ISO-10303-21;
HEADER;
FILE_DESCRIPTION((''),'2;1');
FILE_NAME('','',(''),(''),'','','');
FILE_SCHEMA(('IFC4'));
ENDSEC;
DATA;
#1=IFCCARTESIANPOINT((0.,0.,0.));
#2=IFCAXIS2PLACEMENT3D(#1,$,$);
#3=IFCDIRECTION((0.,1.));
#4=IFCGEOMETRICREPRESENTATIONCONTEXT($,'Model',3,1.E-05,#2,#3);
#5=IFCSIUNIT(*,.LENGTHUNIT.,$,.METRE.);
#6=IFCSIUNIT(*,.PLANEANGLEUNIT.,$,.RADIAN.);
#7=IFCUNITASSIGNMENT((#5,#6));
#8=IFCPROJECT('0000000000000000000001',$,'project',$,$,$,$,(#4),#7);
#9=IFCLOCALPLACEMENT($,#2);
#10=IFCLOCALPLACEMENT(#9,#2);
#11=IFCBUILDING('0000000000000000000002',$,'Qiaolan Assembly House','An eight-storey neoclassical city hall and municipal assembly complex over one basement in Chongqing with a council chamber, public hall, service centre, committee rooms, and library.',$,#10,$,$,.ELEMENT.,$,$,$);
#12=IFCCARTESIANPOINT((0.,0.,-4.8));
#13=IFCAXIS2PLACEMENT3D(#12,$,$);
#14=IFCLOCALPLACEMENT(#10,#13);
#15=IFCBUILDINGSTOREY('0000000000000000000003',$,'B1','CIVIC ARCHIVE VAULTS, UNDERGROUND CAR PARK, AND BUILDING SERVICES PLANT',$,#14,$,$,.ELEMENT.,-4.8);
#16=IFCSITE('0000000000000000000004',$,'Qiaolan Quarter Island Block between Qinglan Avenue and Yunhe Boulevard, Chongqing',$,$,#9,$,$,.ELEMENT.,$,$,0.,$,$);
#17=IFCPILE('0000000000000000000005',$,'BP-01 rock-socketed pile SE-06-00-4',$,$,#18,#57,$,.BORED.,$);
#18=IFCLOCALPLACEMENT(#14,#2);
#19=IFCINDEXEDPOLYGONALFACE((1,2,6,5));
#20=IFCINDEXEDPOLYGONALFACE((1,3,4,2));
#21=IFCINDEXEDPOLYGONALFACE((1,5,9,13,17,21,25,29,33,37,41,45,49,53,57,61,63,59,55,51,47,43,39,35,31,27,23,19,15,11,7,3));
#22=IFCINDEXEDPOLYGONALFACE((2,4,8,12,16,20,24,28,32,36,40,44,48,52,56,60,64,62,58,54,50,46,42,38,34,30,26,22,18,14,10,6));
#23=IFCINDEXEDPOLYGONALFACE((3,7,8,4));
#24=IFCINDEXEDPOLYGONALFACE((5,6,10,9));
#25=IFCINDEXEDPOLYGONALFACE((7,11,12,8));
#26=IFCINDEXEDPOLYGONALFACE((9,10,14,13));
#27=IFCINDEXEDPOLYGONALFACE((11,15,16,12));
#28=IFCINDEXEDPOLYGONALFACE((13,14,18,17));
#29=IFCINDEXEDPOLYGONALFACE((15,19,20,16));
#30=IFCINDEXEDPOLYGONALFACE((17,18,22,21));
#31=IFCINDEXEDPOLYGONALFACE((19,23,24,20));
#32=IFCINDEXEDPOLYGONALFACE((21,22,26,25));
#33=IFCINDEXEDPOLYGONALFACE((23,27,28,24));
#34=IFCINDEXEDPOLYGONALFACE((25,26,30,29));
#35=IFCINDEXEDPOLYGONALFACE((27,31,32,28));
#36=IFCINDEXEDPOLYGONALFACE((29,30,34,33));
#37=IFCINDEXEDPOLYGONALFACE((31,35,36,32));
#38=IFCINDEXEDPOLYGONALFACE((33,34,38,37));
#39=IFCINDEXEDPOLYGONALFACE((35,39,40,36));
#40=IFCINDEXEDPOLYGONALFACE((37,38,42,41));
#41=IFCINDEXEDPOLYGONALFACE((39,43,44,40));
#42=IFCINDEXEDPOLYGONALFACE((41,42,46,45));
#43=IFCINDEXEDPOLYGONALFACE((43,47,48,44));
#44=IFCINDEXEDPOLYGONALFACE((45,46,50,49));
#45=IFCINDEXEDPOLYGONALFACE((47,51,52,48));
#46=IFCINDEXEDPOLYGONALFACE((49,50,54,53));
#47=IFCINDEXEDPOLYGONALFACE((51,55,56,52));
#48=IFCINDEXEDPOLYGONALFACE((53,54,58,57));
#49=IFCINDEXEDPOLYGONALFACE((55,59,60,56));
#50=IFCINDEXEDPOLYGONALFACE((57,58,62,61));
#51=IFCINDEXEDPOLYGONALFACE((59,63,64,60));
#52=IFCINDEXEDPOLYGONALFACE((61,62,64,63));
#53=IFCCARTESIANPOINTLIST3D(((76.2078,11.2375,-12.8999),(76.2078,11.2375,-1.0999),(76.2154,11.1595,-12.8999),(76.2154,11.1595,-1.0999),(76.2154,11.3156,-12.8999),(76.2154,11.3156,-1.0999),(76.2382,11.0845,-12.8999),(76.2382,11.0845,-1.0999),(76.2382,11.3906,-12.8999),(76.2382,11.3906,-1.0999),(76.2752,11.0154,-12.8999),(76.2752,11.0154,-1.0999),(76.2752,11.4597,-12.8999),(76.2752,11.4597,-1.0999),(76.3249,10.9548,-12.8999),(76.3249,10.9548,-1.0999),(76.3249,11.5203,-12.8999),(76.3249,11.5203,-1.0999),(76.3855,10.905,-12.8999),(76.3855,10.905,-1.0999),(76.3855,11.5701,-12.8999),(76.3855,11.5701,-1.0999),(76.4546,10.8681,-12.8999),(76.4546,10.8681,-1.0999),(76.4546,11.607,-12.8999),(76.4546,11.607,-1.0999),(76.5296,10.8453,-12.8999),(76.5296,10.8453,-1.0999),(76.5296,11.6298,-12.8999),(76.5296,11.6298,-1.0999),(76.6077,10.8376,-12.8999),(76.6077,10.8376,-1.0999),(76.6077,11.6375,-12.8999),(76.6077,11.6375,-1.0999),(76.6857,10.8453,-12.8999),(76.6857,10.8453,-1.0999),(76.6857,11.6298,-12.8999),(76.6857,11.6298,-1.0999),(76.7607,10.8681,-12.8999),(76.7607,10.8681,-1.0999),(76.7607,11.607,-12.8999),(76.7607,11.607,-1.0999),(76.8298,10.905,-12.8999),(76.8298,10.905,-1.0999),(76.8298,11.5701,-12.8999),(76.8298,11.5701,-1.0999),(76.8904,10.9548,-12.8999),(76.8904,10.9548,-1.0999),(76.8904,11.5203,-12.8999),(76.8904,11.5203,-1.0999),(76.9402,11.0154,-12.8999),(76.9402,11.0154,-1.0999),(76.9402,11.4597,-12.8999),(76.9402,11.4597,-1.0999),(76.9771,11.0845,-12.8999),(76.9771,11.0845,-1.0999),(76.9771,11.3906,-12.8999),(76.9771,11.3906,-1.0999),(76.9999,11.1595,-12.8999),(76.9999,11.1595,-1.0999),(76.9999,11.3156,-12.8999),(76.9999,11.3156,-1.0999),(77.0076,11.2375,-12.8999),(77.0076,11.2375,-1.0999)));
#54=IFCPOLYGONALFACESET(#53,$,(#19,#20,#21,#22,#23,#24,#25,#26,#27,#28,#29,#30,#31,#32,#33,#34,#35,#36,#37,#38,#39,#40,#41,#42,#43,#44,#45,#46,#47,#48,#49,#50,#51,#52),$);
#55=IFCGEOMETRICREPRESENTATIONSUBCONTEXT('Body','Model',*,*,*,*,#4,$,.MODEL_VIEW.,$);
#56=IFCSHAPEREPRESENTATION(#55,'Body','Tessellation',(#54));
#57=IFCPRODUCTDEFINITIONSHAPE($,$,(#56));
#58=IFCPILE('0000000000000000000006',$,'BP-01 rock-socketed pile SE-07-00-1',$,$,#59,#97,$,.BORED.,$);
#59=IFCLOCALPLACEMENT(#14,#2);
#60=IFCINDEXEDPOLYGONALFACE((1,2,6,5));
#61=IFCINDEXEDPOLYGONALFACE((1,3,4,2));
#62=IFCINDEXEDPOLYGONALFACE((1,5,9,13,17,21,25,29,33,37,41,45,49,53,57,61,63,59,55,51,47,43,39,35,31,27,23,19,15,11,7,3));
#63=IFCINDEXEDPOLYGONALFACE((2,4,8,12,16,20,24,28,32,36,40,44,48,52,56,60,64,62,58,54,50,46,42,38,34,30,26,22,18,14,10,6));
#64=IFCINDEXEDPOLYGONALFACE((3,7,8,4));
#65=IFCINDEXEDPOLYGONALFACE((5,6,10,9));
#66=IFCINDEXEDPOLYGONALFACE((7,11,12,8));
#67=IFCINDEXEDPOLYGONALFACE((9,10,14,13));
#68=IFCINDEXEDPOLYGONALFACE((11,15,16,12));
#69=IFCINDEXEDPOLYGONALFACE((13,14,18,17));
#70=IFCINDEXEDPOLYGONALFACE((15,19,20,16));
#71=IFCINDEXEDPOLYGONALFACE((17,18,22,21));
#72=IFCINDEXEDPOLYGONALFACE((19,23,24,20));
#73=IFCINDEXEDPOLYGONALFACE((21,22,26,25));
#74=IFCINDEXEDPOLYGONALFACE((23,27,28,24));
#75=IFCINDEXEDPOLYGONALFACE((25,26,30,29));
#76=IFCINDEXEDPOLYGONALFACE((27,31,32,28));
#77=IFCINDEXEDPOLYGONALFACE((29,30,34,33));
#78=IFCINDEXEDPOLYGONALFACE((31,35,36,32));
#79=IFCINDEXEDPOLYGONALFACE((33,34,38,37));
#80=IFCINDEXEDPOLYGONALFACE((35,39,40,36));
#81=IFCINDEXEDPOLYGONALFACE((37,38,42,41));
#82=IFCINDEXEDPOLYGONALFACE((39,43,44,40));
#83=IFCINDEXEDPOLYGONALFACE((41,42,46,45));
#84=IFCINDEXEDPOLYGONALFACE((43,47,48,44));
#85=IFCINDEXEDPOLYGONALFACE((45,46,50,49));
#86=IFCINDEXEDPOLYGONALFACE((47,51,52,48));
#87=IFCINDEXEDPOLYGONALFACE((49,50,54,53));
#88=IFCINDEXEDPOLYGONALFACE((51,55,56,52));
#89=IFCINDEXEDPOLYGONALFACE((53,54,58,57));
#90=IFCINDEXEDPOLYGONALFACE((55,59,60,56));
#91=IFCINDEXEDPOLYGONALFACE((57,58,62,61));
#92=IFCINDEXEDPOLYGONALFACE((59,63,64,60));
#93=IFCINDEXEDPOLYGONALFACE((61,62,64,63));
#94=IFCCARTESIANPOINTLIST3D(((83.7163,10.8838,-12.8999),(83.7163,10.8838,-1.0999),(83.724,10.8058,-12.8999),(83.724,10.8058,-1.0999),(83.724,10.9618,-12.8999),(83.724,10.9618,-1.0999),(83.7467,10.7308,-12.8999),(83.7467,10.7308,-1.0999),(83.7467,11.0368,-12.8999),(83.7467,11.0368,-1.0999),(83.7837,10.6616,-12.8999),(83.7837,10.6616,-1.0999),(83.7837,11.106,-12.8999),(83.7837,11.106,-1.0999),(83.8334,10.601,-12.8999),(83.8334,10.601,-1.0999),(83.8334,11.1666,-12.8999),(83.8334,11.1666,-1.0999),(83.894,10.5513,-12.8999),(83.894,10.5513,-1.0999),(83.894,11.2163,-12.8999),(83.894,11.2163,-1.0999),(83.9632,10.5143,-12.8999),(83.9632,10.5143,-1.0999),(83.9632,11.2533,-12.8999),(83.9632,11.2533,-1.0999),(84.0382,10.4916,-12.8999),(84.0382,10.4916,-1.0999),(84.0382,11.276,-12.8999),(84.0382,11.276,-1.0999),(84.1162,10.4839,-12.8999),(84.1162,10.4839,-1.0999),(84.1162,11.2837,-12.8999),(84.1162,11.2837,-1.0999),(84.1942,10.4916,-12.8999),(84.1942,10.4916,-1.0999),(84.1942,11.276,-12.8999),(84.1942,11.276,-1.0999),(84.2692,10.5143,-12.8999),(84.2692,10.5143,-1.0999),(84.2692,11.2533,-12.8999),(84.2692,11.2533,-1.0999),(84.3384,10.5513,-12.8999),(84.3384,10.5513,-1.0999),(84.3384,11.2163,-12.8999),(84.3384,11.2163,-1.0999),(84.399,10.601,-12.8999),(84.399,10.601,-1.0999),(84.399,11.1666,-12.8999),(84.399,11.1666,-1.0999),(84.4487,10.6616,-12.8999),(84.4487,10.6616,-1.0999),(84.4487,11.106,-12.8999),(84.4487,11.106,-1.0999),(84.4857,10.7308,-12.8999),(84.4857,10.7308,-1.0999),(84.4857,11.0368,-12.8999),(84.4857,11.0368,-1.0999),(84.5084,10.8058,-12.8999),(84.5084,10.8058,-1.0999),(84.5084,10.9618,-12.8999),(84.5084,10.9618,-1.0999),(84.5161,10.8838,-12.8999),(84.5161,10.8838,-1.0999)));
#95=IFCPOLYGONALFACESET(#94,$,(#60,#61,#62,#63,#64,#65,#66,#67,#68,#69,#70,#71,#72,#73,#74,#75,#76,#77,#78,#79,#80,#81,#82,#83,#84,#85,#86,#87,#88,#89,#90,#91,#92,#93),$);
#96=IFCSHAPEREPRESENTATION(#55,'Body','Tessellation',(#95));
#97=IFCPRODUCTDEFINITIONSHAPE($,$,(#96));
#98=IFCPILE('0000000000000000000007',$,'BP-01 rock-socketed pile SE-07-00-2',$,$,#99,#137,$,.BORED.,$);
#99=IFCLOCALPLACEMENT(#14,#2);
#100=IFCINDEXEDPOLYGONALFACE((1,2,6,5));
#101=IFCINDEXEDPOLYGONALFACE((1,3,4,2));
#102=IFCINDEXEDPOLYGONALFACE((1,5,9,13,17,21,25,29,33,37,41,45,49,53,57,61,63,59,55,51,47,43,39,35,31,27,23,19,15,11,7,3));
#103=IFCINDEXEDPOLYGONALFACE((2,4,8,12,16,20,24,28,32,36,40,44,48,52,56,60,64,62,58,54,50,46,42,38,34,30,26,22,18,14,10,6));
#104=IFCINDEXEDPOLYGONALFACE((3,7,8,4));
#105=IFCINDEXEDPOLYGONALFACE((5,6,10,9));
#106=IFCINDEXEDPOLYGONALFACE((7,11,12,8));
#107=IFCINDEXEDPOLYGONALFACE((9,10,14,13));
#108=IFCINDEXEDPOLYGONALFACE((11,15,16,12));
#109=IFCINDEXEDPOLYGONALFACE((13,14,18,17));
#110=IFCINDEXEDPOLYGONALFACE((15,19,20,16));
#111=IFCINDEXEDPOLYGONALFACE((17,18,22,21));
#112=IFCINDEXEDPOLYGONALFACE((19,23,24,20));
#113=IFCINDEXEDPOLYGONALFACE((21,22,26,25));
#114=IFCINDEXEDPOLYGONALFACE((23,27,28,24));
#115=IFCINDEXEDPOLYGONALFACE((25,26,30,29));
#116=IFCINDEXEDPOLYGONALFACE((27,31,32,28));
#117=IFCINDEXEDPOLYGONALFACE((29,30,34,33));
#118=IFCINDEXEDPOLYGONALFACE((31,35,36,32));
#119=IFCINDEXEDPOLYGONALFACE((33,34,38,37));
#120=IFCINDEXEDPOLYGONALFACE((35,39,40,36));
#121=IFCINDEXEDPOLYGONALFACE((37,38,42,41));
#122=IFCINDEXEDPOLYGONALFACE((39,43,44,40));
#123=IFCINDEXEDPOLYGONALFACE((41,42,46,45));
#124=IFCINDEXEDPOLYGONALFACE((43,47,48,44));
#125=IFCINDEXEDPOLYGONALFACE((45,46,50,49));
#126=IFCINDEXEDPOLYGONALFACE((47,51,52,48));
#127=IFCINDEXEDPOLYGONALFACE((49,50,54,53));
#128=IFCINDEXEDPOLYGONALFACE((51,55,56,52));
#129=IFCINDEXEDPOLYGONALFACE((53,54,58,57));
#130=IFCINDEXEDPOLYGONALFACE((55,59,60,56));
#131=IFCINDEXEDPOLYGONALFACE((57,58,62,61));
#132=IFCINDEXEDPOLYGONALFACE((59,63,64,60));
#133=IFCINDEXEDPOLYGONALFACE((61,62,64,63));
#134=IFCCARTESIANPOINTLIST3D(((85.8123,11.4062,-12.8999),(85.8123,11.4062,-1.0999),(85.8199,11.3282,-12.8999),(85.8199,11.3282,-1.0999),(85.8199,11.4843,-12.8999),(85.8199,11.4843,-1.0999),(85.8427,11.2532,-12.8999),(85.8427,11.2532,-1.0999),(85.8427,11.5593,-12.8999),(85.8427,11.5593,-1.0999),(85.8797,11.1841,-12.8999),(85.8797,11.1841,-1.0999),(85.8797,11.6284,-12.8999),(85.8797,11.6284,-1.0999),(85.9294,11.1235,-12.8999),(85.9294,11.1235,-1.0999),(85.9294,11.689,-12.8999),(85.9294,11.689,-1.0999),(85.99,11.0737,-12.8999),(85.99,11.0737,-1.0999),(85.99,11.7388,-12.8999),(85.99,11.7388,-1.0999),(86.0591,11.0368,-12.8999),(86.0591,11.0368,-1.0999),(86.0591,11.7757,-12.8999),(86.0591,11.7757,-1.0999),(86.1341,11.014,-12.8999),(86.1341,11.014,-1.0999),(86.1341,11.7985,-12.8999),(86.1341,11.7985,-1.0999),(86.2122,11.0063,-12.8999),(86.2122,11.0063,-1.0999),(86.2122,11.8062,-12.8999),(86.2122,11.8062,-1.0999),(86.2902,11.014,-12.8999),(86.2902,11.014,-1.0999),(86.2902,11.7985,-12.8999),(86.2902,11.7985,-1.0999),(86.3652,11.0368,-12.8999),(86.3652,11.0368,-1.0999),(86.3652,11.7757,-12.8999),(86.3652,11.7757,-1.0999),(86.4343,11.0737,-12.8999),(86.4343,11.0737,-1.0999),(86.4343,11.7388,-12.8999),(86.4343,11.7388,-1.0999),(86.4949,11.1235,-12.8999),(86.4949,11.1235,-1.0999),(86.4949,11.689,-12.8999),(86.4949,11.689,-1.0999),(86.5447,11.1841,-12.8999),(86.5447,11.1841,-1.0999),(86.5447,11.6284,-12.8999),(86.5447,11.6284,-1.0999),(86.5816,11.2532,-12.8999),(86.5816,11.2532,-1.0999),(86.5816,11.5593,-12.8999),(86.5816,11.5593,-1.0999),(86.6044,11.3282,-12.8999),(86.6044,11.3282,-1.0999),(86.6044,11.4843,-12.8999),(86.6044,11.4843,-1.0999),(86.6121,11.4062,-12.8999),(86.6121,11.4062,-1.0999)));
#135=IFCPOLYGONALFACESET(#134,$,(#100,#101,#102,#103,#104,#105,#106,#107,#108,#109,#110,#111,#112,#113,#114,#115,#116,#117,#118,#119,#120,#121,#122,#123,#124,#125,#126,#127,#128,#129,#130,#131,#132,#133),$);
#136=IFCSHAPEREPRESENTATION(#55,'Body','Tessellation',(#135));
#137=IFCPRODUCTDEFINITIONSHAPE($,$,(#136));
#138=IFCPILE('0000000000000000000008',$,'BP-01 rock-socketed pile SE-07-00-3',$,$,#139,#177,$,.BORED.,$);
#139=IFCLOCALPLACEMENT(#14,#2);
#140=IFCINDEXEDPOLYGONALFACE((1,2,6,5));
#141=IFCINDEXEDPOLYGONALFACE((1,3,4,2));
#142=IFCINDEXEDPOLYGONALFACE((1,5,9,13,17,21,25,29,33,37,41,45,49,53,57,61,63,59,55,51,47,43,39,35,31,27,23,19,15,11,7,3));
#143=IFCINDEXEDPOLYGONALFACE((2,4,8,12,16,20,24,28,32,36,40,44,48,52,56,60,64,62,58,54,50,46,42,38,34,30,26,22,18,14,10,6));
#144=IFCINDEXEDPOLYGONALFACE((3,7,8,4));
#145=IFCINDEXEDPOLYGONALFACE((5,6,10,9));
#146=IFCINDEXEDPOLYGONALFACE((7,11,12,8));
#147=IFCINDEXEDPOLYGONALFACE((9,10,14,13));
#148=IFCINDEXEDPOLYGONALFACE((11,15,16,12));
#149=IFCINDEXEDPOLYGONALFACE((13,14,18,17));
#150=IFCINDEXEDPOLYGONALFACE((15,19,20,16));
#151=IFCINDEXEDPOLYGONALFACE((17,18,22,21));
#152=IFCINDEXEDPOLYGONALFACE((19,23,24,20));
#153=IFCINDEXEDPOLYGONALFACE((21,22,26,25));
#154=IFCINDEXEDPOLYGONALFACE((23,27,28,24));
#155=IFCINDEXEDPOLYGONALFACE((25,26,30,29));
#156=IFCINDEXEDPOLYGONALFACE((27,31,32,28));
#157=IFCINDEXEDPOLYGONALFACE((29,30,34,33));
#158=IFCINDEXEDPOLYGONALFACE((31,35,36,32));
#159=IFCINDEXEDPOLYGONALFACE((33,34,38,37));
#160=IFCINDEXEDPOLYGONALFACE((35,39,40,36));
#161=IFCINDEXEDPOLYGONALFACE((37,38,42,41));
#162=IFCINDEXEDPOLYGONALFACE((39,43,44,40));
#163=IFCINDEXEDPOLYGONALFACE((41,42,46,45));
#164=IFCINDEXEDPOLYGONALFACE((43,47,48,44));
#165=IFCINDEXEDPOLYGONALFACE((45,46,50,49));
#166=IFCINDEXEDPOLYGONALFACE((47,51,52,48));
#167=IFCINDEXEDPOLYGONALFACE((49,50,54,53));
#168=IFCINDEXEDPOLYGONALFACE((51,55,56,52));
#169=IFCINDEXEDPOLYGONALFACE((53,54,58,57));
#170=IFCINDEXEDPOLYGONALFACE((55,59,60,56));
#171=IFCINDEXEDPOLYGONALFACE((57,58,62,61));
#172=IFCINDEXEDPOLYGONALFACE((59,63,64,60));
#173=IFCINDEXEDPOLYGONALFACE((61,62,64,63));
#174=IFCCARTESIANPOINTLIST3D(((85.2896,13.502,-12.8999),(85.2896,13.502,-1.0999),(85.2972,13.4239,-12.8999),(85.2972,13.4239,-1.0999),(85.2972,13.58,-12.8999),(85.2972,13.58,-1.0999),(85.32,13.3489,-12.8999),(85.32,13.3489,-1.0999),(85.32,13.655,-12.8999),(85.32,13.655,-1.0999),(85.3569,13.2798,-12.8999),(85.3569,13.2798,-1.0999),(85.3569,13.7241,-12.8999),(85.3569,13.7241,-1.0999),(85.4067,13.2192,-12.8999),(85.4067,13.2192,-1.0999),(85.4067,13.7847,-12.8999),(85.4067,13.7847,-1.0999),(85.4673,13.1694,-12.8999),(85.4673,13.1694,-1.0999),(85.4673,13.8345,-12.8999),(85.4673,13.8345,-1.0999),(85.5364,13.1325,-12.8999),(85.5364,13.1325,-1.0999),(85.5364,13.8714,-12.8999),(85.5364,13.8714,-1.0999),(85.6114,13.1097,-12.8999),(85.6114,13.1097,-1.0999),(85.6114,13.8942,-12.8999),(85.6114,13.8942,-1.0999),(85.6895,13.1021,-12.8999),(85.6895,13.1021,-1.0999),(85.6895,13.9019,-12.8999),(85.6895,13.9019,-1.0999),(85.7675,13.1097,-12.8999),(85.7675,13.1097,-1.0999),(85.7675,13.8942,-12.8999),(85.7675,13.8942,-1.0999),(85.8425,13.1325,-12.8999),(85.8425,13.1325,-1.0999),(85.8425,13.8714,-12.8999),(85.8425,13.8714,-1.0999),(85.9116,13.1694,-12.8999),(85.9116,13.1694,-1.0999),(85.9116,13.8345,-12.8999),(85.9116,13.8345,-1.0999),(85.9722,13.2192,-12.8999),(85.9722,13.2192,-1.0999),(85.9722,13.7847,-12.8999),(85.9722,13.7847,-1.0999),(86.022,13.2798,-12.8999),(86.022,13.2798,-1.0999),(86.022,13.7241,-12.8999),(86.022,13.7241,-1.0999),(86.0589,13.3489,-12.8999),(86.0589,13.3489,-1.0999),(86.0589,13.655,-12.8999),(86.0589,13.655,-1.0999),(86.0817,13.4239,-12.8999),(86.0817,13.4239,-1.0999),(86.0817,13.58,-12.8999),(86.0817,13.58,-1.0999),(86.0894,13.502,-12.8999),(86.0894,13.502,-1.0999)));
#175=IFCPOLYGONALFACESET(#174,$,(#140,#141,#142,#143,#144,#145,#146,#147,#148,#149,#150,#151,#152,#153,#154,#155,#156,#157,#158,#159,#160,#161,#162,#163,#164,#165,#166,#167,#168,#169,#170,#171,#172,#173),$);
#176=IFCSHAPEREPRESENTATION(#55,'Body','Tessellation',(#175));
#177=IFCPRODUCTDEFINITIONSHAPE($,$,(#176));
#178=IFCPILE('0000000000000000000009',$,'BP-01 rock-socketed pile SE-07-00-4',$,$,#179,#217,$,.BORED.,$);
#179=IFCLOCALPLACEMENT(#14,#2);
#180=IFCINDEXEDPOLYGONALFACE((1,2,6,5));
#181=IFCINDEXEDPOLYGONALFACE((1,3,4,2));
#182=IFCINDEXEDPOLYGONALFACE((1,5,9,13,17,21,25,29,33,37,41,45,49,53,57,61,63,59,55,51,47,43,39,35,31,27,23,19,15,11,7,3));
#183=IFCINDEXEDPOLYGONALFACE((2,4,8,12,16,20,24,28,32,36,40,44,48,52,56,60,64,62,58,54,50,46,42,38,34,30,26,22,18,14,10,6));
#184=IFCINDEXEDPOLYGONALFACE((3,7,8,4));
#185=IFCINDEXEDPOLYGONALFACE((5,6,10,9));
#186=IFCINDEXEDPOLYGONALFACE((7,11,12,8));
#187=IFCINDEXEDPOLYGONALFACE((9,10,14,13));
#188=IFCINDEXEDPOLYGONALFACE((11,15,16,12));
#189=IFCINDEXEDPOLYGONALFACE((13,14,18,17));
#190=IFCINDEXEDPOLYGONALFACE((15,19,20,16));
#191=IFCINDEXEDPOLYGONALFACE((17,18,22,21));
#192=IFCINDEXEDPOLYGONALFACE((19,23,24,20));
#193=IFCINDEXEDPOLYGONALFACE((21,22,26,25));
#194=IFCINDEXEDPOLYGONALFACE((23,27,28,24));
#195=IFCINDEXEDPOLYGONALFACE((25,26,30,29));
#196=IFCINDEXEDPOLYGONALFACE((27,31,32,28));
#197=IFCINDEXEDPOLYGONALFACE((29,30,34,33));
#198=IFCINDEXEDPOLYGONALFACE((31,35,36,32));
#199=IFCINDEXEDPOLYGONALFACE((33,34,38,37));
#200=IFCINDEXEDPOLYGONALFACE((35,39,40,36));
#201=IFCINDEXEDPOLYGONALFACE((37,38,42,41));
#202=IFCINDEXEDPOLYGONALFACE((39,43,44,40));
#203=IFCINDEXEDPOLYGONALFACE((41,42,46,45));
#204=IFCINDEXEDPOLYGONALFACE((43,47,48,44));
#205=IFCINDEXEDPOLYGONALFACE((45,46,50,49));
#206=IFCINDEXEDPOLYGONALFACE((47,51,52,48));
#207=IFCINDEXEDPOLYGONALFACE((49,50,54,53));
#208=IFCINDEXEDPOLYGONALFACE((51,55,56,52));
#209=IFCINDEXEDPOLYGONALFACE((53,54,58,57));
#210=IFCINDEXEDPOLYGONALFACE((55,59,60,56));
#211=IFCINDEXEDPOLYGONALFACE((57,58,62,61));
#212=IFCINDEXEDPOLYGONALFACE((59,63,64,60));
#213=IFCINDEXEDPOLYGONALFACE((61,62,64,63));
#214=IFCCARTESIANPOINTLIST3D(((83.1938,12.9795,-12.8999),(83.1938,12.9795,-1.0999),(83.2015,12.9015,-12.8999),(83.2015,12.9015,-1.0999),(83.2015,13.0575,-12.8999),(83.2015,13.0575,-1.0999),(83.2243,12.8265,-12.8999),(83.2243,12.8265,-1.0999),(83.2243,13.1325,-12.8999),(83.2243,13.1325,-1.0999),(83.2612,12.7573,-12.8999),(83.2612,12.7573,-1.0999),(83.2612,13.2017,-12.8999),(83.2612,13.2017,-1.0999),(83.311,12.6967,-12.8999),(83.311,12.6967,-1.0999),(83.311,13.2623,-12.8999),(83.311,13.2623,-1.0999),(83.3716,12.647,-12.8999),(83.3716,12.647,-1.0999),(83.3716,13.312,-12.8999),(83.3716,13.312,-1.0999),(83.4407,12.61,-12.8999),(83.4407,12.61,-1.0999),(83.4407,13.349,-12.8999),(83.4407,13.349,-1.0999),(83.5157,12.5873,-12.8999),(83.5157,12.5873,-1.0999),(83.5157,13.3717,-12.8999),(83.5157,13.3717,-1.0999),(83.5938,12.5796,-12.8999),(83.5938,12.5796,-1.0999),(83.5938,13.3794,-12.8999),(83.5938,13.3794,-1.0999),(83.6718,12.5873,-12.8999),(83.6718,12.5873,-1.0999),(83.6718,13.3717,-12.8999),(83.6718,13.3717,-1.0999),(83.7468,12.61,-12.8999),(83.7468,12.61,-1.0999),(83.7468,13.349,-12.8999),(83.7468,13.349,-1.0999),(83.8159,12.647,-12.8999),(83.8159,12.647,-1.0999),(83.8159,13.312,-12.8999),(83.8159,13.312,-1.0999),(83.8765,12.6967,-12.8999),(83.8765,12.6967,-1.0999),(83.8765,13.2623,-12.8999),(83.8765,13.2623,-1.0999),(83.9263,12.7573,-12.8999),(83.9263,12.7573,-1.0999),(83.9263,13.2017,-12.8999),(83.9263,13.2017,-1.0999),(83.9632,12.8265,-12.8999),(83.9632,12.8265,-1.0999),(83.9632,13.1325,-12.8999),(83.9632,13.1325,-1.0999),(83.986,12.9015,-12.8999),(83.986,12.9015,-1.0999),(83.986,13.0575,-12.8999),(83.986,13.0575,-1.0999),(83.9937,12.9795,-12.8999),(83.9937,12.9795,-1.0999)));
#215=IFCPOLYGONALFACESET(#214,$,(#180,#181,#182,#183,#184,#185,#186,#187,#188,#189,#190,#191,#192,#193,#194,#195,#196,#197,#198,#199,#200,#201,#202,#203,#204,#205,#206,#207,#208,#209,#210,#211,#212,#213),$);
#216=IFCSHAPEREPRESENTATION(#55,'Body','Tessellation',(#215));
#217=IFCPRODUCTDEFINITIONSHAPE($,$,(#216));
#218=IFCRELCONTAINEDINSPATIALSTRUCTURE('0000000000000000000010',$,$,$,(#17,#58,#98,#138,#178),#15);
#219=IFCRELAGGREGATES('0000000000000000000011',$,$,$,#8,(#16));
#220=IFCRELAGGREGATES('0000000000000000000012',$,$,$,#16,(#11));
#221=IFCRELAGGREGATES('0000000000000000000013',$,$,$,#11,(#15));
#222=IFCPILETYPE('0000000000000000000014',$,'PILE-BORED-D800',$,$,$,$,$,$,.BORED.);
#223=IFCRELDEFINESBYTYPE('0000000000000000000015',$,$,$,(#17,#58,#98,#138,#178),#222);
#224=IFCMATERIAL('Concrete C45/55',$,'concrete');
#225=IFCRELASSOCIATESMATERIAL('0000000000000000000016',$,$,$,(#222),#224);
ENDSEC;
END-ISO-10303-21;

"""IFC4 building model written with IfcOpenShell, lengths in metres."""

from ifc_helpers import new_model, si_unit, direction, frame, origin, origin_2d, place, context, subcontext, project, spatial, circle, extrude, material, material_profile, profile_set, type_object, element, save


model = new_model("IFC4")

# Units and contexts
model_context = context("Model", 3, precision=1e-05, world=origin(), true_north=direction((0.0, 1.0)))
body_context = subcontext(model_context, "Body", "Model", "MODEL_VIEW")
ifc_project = project(units=[si_unit("LENGTHUNIT", "METRE"), si_unit("PLANEANGLEUNIT", "RADIAN")], contexts=[model_context])

# Site, building, storey
site_placement = place(None, origin())
site = spatial("IfcSite", under=ifc_project, at=site_placement, Name="Qiaolan Quarter Island Block between Qinglan Avenue and Yunhe Boulevard, Chongqing", CompositionType="ELEMENT", RefElevation=0.0)
building_placement = place(site_placement, origin())
building = spatial("IfcBuilding", under=site, at=building_placement, Name="Qiaolan Assembly House", Description="An eight-storey neoclassical city hall and municipal assembly complex over one basement in Chongqing with a council chamber, public hall, service centre, committee rooms, and library.", CompositionType="ELEMENT")
storey_placement = place(building_placement, frame((0.0, 0.0, -4.8)))
storey = spatial("IfcBuildingStorey", under=building, at=storey_placement, Name="B1", Description="CIVIC ARCHIVE VAULTS, UNDERGROUND CAR PARK, AND BUILDING SERVICES PLANT", CompositionType="ELEMENT", Elevation=-4.8)

# Piles
ifc_material_1 = material(Name="Concrete C45/55", Category="concrete")
ifc_material_profile_1 = material_profile(ifc_material_1, circle(Radius=0.3999, at=origin_2d()), Name="PILE D800")
ifc_profile_set_1 = profile_set([ifc_material_profile_1], Name="Concrete C45/55")
pile_type_1 = type_object("IfcPileType", Name="PILE-BORED-D800", PredefinedType="BORED", material=ifc_profile_set_1)
for number, where, z_axis, x_axis, name in (
    (1, (76.6077, 11.2375, -1.0999), (0.0, 0.0, -1.0), (1.0, 0.0, 0.0), "BP-01 rock-socketed pile SE-06-00-4"),
    (2, (84.1162, 10.8838, -1.0999), (0.0, 0.0, -1.0), (1.0, 0.0, 0.0), "BP-01 rock-socketed pile SE-07-00-1"),
    (3, (86.2122, 11.4062, -1.0999), (0.0, 0.0, -1.0), (1.0, 0.0, 0.0), "BP-01 rock-socketed pile SE-07-00-2"),
    (4, (85.6895, 13.502, -1.0999), (0.0, 0.0, -1.0), (1.0, 0.0, 0.0), "BP-01 rock-socketed pile SE-07-00-3"),
    (5, (83.5938, 12.9795, -1.0999), (0.0, 0.0, -1.0), (1.0, 0.0, 0.0), "BP-01 rock-socketed pile SE-07-00-4"),
):
    element("IfcPile", number, at=place(storey_placement, frame(where, z_axis=z_axis, x_axis=x_axis)), inside=storey, type_object=pile_type_1, Name=name, PredefinedType="BORED", context=body_context, shape_type="SweptSolid", body=[
        extrude(circle(Radius=0.3999, at=origin_2d()), origin(), (0.0, 0.0, 1.0), 11.8),
    ])

save(model, "model.ifc")
